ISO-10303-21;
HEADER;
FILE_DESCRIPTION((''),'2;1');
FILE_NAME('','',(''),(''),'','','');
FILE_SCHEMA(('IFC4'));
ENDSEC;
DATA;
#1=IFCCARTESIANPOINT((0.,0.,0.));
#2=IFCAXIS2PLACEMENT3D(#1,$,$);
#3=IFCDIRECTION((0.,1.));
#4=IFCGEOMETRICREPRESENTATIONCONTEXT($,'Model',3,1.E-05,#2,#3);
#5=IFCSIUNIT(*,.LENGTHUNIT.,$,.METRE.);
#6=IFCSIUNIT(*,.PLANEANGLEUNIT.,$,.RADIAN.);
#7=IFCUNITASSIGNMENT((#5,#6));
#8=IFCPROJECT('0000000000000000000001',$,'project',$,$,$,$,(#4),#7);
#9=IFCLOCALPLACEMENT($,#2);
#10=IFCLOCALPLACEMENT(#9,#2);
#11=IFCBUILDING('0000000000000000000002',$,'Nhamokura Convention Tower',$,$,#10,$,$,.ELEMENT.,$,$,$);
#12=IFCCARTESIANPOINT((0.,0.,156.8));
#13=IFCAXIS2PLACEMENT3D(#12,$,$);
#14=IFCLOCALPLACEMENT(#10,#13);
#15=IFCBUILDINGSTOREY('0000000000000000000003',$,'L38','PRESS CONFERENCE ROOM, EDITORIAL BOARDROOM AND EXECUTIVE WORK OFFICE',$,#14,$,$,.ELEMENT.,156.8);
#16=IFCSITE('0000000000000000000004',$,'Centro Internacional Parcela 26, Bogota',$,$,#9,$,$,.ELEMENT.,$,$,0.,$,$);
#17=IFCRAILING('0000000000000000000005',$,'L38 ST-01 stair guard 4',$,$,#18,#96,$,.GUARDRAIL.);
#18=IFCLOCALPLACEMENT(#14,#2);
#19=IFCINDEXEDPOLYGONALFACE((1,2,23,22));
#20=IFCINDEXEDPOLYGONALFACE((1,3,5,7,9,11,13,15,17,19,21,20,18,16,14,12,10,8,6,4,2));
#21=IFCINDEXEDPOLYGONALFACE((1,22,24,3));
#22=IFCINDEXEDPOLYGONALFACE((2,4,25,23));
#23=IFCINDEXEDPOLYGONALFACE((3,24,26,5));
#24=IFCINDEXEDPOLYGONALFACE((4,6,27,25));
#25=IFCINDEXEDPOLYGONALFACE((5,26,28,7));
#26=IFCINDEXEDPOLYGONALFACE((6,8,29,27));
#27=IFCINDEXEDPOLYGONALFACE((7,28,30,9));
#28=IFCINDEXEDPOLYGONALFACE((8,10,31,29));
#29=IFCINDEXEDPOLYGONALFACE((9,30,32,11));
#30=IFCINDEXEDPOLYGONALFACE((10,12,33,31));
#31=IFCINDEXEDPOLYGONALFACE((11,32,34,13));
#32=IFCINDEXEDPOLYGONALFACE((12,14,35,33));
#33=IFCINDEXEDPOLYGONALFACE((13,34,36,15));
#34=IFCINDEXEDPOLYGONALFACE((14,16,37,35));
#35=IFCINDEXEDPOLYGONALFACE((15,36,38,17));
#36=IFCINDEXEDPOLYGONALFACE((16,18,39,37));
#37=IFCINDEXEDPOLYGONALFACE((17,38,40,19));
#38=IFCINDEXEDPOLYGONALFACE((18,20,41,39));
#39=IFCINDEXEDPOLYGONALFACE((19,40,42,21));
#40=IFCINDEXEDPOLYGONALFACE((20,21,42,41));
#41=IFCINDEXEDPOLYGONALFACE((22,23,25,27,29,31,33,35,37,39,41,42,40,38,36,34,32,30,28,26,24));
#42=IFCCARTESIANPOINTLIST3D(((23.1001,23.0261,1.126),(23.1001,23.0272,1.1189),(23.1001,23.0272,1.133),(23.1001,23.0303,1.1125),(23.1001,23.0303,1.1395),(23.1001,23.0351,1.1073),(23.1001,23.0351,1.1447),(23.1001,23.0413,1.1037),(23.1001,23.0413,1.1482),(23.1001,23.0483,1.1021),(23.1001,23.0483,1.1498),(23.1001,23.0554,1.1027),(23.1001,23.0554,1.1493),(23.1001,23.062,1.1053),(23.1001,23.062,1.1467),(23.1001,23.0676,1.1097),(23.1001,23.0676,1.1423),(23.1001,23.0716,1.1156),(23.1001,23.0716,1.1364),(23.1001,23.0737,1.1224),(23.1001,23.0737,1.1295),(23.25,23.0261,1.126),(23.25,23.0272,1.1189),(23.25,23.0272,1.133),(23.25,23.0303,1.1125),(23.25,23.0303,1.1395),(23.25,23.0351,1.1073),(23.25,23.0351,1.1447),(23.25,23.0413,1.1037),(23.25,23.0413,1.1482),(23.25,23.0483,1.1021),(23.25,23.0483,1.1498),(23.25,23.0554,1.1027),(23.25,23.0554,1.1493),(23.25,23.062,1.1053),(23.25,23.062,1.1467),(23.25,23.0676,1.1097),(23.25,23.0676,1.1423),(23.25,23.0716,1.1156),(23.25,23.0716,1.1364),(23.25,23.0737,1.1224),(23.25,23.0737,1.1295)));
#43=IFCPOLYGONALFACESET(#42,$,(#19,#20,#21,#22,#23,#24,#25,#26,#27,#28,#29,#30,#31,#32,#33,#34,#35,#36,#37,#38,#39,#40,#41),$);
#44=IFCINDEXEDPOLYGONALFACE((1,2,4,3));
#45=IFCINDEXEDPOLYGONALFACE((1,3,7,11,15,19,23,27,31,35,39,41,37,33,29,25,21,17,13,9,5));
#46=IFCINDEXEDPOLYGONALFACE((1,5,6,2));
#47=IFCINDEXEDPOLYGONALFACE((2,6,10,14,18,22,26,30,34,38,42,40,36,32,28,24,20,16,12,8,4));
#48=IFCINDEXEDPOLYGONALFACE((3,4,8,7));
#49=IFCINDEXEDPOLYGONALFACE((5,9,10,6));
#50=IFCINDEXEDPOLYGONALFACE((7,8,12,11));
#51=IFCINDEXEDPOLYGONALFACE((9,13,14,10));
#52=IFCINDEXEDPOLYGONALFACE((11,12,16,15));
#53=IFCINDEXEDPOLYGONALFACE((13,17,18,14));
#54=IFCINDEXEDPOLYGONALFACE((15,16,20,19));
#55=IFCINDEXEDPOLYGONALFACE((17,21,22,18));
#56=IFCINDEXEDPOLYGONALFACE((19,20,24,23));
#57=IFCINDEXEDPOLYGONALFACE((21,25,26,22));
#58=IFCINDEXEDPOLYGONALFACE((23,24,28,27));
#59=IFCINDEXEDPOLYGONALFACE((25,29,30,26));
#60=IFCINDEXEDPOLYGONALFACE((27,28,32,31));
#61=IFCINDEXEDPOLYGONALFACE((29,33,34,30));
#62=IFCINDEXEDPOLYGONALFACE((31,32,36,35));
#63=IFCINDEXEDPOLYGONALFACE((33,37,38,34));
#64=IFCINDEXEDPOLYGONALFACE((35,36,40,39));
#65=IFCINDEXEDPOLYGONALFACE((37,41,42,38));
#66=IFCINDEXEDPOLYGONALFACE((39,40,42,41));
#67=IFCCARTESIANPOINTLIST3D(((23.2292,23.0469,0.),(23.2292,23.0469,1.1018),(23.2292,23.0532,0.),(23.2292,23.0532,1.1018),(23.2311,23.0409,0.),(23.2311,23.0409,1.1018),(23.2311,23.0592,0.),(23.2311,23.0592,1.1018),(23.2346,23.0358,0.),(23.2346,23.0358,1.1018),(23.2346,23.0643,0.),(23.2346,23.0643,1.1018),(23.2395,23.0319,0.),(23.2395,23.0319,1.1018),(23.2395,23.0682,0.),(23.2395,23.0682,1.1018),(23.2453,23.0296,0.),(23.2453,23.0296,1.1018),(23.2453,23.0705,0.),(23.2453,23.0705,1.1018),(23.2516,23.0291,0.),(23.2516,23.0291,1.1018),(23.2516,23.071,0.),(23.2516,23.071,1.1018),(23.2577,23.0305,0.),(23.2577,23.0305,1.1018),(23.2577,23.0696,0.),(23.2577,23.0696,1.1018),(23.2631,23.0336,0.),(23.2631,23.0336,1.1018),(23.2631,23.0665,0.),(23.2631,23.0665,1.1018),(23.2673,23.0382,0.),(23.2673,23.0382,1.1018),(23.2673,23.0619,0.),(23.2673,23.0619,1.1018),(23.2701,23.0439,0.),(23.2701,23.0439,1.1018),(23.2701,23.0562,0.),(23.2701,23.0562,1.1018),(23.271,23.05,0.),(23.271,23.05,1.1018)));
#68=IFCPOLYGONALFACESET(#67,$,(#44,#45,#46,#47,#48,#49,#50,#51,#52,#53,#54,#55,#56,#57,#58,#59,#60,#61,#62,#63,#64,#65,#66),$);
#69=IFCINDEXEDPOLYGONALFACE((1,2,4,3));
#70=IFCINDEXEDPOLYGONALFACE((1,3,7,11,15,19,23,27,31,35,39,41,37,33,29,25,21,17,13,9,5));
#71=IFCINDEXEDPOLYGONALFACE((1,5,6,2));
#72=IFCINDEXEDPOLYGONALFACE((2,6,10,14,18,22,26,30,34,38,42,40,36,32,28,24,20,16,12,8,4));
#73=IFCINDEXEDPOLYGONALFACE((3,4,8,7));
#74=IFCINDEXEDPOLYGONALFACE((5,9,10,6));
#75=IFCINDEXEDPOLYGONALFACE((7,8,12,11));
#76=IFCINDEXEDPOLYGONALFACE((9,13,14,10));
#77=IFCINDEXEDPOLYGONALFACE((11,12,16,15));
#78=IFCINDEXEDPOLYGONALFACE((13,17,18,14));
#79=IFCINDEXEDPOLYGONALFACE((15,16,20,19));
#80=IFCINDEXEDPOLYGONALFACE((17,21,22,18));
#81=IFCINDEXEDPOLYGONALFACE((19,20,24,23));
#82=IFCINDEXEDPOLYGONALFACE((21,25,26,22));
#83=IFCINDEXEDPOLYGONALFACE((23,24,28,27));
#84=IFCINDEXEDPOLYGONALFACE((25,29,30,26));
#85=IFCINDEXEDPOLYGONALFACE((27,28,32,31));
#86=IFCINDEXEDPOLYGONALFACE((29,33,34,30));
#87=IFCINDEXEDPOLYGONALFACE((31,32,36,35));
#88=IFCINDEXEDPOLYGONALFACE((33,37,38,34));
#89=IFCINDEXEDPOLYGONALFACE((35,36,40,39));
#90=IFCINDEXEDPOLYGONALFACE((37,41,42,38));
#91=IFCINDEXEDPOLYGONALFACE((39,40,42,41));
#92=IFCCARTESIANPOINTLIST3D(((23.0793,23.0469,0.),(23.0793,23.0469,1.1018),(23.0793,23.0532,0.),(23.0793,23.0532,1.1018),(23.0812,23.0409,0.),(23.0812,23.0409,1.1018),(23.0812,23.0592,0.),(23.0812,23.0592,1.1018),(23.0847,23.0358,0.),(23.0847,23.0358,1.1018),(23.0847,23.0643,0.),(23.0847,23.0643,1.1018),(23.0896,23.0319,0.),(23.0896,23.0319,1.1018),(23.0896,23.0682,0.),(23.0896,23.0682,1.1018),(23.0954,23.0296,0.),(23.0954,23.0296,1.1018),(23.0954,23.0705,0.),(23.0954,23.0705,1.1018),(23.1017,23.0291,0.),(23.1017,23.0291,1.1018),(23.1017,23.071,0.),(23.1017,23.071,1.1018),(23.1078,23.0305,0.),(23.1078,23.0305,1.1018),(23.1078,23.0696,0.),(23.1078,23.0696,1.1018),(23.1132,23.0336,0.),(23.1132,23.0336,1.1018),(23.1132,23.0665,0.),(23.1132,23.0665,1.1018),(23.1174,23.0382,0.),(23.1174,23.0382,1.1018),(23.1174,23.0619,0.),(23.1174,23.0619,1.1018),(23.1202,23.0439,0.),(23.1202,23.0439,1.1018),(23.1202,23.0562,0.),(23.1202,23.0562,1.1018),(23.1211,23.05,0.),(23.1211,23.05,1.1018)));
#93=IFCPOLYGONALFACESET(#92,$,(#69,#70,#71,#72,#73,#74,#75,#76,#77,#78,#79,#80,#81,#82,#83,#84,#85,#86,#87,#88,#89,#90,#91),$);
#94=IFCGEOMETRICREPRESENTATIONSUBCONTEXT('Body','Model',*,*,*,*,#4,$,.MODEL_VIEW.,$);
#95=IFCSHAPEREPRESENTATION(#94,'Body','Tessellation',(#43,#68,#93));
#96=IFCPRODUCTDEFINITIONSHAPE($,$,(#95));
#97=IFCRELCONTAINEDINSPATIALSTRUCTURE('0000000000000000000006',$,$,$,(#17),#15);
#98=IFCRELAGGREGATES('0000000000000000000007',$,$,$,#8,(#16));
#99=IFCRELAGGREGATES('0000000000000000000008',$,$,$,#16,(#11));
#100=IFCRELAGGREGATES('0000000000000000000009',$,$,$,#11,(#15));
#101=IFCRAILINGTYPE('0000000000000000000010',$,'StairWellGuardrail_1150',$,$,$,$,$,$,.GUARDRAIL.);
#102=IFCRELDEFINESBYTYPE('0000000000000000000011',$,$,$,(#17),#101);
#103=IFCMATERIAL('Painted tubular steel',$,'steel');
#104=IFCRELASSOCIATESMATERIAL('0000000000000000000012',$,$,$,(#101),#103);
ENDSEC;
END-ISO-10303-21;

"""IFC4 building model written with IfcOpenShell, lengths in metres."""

from ifc_helpers import new_model, si_unit, direction, frame, origin, origin_2d, place, context, subcontext, project, spatial, circle, extrude, material, type_object, element, save


model = new_model("IFC4")

# Units and contexts
model_context = context("Model", 3, precision=1e-05, world=origin(), true_north=direction((0.0, 1.0)))
body_context = subcontext(model_context, "Body", "Model", "MODEL_VIEW")
ifc_project = project(units=[si_unit("LENGTHUNIT", "METRE"), si_unit("PLANEANGLEUNIT", "RADIAN")], contexts=[model_context])

# Site, building, storey
site_placement = place(None, origin())
site = spatial("IfcSite", under=ifc_project, at=site_placement, Name="Centro Internacional Parcela 26, Bogota", CompositionType="ELEMENT", RefElevation=0.0)
building_placement = place(site_placement, origin())
building = spatial("IfcBuilding", under=site, at=building_placement, Name="Nhamokura Convention Tower", CompositionType="ELEMENT")
storey_placement = place(building_placement, frame((0.0, 0.0, 156.8)))
storey = spatial("IfcBuildingStorey", under=building, at=storey_placement, Name="L38", Description="PRESS CONFERENCE ROOM, EDITORIAL BOARDROOM AND EXECUTIVE WORK OFFICE", CompositionType="ELEMENT", Elevation=156.8)

# Railing
ifc_material_1 = material(Name="Painted tubular steel", Category="steel")
railing_type_1 = type_object("IfcRailingType", Name="StairWellGuardrail_1150", PredefinedType="GUARDRAIL", material=ifc_material_1)
railing_1_placement = place(storey_placement, frame((23.25, 23.05, 0.0)))
element("IfcRailing", 1, at=railing_1_placement, inside=storey, type_object=railing_type_1, Name="L38 ST-01 stair guard 4", PredefinedType="GUARDRAIL", context=body_context, shape_type="SweptSolid", body=[
    extrude(circle(Radius=0.0239, at=origin_2d()), frame((0.0, 0.0, 1.126), z_axis=(-1.0, 0.0, 0.0), x_axis=(0.0, -1.0, 0.0)), (0.0, 0.0, 1.0), 0.1499),
    extrude(circle(Radius=0.021, at=origin_2d()), origin(), (0.0, 0.0, 1.0), 1.1018),
    extrude(circle(Radius=0.021, at=origin_2d()), frame((-0.1499, 0.0, 0.0)), (0.0, 0.0, 1.0), 1.1018),
])

save(model, "model.ifc")
